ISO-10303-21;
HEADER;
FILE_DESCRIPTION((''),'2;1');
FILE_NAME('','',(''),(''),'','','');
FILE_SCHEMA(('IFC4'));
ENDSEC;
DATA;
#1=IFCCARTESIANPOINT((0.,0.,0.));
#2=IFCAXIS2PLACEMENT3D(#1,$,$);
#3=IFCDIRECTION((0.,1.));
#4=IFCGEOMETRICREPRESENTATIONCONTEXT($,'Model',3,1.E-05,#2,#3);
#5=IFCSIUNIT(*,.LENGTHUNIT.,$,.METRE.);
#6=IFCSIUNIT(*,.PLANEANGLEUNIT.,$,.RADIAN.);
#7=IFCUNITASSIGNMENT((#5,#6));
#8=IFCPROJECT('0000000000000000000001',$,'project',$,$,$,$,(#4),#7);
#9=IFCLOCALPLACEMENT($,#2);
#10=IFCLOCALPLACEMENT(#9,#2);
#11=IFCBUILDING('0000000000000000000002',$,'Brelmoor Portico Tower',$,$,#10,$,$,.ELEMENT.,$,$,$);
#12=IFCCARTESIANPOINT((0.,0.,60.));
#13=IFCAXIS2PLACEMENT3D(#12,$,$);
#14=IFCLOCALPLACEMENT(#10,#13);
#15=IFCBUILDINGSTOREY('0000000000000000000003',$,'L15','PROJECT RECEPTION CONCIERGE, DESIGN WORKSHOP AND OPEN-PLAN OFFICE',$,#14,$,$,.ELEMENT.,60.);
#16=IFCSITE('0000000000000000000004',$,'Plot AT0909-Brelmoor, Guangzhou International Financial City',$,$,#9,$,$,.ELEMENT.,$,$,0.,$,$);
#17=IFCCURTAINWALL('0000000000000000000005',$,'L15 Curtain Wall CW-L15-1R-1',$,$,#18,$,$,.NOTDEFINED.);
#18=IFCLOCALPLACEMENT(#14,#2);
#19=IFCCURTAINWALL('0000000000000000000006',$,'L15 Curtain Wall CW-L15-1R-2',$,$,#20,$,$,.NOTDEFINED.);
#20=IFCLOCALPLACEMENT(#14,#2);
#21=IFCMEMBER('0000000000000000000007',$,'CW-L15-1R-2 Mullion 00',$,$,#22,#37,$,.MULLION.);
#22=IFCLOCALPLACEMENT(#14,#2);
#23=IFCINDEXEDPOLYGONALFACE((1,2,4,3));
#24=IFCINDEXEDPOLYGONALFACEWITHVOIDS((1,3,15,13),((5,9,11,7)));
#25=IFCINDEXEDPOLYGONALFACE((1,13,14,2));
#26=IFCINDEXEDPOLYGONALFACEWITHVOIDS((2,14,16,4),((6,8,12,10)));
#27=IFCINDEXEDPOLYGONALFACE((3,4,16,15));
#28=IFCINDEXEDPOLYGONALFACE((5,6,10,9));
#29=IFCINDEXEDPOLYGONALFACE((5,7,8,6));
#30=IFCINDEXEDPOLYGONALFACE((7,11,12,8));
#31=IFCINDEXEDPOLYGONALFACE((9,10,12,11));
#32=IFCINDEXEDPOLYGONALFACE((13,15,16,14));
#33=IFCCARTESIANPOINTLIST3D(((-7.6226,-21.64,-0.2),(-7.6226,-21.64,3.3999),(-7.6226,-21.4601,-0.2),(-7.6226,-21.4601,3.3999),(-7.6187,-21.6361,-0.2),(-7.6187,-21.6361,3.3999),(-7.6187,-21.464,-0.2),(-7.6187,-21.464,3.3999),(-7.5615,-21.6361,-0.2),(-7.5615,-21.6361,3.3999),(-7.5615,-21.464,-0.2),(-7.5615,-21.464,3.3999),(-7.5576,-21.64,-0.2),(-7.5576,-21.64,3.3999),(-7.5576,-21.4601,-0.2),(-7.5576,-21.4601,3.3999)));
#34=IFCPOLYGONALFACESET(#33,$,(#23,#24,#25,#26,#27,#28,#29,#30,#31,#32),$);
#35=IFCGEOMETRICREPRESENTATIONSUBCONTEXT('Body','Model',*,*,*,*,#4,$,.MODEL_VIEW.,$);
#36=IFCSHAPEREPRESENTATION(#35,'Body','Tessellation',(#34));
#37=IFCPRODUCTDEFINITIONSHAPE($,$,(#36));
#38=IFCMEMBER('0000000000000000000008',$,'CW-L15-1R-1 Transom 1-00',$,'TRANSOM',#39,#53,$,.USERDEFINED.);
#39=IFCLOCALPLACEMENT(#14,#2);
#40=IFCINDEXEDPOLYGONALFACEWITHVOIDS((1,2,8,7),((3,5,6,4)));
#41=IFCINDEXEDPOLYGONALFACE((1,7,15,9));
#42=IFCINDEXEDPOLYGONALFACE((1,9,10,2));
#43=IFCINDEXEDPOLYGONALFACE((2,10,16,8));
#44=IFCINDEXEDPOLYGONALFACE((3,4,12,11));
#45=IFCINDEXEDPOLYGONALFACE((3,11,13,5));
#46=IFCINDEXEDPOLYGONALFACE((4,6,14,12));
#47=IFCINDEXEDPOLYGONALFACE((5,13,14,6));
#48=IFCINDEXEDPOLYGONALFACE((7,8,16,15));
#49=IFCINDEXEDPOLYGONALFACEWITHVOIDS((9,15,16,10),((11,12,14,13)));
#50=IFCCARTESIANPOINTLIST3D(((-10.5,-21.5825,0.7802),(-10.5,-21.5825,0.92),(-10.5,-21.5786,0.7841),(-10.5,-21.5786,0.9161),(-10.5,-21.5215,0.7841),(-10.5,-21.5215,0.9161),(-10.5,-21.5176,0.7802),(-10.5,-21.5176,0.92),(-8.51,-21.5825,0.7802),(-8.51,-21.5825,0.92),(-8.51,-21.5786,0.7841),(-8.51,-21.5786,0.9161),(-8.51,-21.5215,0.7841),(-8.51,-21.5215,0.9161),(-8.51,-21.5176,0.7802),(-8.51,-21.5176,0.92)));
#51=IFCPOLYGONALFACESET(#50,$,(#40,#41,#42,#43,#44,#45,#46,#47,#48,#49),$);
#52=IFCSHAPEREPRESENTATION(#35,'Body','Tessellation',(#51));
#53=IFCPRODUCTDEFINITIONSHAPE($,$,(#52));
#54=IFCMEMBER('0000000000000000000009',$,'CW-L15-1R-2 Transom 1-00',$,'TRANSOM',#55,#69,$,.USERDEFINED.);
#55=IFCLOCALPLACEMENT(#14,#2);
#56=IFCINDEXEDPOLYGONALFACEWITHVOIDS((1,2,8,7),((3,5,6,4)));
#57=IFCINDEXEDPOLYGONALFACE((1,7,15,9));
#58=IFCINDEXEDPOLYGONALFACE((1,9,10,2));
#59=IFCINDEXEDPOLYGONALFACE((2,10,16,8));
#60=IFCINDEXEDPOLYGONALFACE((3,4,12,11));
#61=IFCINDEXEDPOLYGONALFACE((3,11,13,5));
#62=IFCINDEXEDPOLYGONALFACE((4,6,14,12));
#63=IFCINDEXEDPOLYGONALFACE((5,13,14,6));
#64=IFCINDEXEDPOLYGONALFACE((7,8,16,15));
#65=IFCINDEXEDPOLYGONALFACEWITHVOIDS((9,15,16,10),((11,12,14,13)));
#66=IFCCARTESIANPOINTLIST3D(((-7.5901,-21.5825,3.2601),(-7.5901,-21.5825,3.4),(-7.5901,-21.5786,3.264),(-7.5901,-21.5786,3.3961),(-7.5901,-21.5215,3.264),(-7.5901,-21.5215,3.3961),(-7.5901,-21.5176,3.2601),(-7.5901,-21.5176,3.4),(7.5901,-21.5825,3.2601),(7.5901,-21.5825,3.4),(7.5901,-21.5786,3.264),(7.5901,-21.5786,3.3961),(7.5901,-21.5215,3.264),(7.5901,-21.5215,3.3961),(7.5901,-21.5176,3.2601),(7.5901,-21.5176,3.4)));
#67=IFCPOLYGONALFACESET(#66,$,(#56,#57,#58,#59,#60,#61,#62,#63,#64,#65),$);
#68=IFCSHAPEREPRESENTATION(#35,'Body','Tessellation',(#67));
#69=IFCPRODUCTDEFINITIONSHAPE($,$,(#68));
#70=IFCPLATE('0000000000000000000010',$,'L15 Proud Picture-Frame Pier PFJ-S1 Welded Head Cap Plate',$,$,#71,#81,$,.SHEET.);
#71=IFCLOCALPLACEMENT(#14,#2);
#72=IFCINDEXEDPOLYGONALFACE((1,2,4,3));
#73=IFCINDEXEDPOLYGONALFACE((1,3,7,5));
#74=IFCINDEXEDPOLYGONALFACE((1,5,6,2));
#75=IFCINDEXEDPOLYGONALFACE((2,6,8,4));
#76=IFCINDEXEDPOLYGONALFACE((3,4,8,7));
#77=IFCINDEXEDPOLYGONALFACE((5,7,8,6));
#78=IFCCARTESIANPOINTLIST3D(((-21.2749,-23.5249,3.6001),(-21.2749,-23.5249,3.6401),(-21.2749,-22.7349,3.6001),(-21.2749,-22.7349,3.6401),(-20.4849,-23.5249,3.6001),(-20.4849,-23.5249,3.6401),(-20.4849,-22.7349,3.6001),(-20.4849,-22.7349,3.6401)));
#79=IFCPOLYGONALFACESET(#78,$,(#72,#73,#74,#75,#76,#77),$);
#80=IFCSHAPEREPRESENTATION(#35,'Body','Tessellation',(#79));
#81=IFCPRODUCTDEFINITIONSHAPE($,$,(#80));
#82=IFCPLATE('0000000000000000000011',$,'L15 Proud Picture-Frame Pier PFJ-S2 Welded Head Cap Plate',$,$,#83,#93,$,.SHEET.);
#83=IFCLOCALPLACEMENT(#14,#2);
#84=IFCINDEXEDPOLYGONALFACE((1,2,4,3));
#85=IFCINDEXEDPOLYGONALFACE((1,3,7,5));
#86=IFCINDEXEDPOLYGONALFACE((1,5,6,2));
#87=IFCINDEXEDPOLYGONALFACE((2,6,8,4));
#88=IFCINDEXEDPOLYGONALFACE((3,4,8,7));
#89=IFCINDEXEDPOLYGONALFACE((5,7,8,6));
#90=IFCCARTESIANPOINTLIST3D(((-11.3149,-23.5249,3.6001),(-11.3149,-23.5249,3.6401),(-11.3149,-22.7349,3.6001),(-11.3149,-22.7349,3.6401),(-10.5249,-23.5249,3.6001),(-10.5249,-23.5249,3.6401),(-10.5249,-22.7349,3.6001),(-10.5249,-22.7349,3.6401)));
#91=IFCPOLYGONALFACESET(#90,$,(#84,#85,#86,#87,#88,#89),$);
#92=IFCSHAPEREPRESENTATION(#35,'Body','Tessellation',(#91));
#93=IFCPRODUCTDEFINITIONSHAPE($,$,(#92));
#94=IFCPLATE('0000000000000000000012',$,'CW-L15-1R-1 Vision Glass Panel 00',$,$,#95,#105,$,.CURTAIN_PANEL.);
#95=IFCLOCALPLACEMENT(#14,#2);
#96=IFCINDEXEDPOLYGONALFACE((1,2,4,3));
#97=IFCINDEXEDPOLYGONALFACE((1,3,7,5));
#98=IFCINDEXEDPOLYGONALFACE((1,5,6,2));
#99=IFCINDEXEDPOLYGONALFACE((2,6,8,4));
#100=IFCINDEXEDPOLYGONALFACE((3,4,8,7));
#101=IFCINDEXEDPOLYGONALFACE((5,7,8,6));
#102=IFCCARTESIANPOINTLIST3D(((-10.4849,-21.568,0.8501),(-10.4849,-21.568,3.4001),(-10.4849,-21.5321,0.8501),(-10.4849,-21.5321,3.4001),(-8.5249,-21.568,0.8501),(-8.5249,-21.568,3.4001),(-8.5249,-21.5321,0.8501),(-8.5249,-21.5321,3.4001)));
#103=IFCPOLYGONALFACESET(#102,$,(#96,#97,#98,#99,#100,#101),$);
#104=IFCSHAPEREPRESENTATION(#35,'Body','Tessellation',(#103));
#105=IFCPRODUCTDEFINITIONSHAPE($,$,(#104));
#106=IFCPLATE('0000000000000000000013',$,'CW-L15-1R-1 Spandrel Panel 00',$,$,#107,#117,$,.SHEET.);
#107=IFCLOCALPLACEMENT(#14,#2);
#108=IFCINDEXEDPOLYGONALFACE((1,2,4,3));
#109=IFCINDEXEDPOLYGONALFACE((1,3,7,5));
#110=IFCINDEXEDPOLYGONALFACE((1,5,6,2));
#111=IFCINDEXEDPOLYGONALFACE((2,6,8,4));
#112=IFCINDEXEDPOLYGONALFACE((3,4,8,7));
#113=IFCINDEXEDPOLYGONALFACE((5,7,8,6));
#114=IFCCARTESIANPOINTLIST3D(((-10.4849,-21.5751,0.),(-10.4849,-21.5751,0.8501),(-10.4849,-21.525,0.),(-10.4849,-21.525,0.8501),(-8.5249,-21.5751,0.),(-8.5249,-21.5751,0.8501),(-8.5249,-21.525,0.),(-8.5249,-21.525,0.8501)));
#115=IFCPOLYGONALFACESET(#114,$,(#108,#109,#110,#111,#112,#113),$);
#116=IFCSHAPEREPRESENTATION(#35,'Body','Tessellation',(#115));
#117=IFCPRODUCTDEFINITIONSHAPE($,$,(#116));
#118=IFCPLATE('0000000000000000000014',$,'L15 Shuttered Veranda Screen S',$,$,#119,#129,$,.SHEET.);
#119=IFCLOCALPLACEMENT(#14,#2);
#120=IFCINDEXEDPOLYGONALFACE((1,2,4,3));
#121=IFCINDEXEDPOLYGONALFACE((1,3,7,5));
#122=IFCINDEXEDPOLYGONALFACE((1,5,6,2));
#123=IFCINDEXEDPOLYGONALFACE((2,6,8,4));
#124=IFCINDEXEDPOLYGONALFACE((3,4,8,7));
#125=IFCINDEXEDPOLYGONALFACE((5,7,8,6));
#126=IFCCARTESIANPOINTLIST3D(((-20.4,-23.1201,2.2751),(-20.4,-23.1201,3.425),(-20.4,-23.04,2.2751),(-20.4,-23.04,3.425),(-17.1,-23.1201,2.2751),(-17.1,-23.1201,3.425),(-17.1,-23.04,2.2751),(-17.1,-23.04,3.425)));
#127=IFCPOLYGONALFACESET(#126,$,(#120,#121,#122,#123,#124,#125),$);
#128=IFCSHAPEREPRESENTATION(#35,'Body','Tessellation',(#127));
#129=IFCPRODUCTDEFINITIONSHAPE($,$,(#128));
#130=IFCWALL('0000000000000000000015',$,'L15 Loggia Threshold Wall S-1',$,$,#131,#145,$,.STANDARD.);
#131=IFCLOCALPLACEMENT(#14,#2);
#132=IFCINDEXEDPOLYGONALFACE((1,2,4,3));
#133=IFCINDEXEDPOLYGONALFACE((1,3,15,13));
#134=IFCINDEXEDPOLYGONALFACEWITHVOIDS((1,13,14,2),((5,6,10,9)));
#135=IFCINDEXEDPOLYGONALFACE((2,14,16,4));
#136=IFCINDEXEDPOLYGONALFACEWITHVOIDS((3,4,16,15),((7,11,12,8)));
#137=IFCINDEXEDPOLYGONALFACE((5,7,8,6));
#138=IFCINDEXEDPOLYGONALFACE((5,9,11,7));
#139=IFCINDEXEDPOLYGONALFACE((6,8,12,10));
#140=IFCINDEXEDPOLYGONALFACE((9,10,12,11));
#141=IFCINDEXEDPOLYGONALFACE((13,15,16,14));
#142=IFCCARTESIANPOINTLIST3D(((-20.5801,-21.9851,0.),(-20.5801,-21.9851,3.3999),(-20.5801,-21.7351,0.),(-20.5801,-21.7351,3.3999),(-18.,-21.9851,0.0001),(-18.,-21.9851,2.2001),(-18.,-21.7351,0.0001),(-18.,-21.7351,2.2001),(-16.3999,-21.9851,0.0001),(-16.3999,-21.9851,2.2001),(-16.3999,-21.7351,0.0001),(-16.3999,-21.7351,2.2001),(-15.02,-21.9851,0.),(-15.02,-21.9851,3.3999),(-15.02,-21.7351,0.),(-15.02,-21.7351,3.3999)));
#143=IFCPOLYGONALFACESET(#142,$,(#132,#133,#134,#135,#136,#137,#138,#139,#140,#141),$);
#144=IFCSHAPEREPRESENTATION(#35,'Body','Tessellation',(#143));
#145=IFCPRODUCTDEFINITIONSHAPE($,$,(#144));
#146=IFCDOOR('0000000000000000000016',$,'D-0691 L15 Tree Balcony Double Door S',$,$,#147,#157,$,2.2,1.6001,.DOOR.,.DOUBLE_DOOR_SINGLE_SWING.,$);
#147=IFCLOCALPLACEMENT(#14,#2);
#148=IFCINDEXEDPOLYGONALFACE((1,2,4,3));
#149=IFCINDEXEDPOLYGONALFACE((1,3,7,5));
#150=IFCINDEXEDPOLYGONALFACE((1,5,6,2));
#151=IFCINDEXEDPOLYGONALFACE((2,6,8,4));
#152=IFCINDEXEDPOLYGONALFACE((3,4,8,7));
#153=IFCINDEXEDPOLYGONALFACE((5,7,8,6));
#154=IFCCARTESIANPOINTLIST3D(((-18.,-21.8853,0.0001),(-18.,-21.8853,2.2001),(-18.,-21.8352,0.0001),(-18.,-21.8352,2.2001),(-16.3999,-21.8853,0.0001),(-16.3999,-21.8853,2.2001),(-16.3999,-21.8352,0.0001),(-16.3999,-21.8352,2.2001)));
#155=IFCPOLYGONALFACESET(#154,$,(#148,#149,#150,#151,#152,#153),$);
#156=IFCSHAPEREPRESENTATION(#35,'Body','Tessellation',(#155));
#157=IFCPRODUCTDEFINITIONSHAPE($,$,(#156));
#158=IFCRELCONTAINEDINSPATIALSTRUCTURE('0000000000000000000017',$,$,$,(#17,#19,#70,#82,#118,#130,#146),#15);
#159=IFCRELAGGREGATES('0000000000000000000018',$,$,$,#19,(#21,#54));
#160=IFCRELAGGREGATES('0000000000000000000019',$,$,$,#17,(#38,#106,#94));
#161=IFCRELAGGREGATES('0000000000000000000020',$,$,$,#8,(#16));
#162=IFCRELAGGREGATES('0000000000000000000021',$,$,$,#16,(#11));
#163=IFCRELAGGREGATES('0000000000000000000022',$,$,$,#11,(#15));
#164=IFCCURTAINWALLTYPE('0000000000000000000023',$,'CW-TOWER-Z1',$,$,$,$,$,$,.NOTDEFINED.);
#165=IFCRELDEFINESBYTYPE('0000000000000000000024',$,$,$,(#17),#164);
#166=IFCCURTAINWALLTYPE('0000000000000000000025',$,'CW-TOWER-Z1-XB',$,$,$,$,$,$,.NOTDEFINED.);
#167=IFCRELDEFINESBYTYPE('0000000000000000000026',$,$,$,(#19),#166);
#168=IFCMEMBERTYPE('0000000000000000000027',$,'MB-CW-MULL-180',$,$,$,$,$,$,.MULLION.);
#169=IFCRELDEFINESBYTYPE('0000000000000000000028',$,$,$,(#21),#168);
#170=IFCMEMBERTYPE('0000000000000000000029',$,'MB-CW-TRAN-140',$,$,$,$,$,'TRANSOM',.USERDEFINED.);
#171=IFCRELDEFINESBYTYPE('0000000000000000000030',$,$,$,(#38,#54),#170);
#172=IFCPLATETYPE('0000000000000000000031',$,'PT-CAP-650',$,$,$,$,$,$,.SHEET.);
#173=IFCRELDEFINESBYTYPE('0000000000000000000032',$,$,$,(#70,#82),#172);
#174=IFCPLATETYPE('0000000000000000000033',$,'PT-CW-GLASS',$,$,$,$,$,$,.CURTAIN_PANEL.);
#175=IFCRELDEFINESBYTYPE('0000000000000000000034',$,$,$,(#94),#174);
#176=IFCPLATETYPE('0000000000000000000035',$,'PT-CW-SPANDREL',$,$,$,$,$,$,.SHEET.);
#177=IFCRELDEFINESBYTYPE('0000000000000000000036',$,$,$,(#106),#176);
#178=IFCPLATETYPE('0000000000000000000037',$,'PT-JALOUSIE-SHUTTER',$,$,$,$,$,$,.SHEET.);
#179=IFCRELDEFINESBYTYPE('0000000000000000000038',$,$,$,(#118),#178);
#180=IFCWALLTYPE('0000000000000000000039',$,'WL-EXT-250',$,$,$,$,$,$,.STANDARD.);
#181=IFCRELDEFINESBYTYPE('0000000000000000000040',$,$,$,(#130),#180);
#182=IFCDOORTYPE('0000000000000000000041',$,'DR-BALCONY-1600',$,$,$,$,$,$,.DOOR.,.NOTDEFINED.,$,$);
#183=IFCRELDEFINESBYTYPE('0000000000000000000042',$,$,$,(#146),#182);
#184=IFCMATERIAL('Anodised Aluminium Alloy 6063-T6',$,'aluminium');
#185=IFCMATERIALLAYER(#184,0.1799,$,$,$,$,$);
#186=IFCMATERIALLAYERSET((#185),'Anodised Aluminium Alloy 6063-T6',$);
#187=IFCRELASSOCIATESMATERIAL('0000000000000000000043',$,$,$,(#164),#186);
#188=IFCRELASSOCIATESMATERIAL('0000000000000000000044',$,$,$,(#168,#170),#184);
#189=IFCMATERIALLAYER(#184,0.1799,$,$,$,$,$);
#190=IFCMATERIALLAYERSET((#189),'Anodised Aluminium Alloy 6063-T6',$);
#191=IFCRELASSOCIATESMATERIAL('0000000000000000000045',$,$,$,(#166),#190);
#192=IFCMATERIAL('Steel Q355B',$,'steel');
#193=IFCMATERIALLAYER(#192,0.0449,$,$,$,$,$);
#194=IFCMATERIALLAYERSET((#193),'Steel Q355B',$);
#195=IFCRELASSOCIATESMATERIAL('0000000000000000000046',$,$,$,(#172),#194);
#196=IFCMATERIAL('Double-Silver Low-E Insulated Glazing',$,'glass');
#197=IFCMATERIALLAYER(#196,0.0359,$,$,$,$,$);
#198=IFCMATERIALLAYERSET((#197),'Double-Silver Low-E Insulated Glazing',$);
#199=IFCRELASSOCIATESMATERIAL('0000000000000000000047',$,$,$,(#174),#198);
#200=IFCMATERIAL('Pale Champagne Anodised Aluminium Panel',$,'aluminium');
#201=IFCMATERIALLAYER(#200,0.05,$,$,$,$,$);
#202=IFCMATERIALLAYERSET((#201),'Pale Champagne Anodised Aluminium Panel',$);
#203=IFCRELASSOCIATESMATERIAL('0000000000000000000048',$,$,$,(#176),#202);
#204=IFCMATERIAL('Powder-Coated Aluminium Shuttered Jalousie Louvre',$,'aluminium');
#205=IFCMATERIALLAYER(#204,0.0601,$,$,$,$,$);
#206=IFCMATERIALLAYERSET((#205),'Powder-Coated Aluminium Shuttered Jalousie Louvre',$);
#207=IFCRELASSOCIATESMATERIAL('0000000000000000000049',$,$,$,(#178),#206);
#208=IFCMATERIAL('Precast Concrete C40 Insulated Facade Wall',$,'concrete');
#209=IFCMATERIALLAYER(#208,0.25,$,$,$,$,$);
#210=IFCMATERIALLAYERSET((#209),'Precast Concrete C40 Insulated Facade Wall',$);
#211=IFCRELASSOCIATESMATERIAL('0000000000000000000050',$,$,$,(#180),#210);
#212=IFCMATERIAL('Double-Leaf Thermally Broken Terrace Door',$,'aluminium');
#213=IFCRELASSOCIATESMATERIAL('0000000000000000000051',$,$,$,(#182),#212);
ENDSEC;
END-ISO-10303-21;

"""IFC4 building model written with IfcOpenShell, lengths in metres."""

from ifc_helpers import new_model, si_unit, direction, frame, frame_2d, origin, origin_2d, place, context, subcontext, project, spatial, rectangle, hollow_rectangle, extrude, material, layer, layer_set, material_profile, profile_set, type_object, element, fill, aggregate, save


model = new_model("IFC4")

# Units and contexts
model_context = context("Model", 3, precision=1e-05, world=origin(), true_north=direction((0.0, 1.0)))
body_context = subcontext(model_context, "Body", "Model", "MODEL_VIEW")
ifc_project = project(units=[si_unit("LENGTHUNIT", "METRE"), si_unit("PLANEANGLEUNIT", "RADIAN")], contexts=[model_context])

# Site, building, storey
site_placement = place(None, origin())
site = spatial("IfcSite", under=ifc_project, at=site_placement, Name="Plot AT0909-Brelmoor, Guangzhou International Financial City", CompositionType="ELEMENT", RefElevation=0.0)
building_placement = place(site_placement, origin())
building = spatial("IfcBuilding", under=site, at=building_placement, Name="Brelmoor Portico Tower", CompositionType="ELEMENT")
storey_placement = place(building_placement, frame((0.0, 0.0, 60.0)))
storey = spatial("IfcBuildingStorey", under=building, at=storey_placement, Name="L15", Description="PROJECT RECEPTION CONCIERGE, DESIGN WORKSHOP AND OPEN-PLAN OFFICE", CompositionType="ELEMENT", Elevation=60.0)

# Shared definitions
ifc_material_1 = material(Name="Steel Q355B", Category="steel")

# Curtain wall
ifc_material_2 = material(Name="Anodised Aluminium Alloy 6063-T6", Category="aluminium")
ifc_layer_1 = layer(ifc_material_2, 0.1799)
ifc_layer_set_1 = layer_set([ifc_layer_1], Name="Anodised Aluminium Alloy 6063-T6")
curtain_wall_type_1 = type_object("IfcCurtainWallType", Name="CW-TOWER-Z1", PredefinedType="NOTDEFINED", material=ifc_layer_set_1)
curtain_wall_1_placement = place(storey_placement, origin())
curtain_wall_1 = element("IfcCurtainWall", 1, at=curtain_wall_1_placement, inside=storey, type_object=curtain_wall_type_1, Name="L15 Curtain Wall CW-L15-1R-1", PredefinedType="NOTDEFINED")
ifc_material_profile_1 = material_profile(ifc_material_2, hollow_rectangle(XDim=0.0649, YDim=0.1799, WallThickness=0.0039, at=origin_2d()), Name="ALU MULLION 65x180")
ifc_profile_set_1 = profile_set([ifc_material_profile_1], Name="Anodised Aluminium Alloy 6063-T6")
member_type_1 = type_object("IfcMemberType", Name="MB-CW-MULL-180", PredefinedType="MULLION", material=ifc_profile_set_1)

# Curtain wall, member
ifc_layer_2 = layer(ifc_material_2, 0.1799)
ifc_layer_set_2 = layer_set([ifc_layer_2], Name="Anodised Aluminium Alloy 6063-T6")
curtain_wall_type_2 = type_object("IfcCurtainWallType", Name="CW-TOWER-Z1-XB", PredefinedType="NOTDEFINED", material=ifc_layer_set_2)
curtain_wall_2_placement = place(storey_placement, origin())
curtain_wall_2 = element("IfcCurtainWall", 2, at=curtain_wall_2_placement, inside=storey, type_object=curtain_wall_type_2, Name="L15 Curtain Wall CW-L15-1R-2", PredefinedType="NOTDEFINED")
member_1_placement = place(storey_placement, frame((-7.5901, -21.55, -0.2), z_axis=(0.0, 0.0, 1.0), x_axis=(1.0, 0.0, 0.0)))
member_1 = element("IfcMember", 3, at=member_1_placement, type_object=member_type_1, Name="CW-L15-1R-2 Mullion 00", PredefinedType="MULLION", context=body_context, shape_type="SweptSolid", body=[
    extrude(hollow_rectangle(XDim=0.0649, YDim=0.1799, WallThickness=0.0039, at=origin_2d()), origin(), (0.0, 0.0, 1.0), 3.5999),
])

# Members
ifc_material_profile_2 = material_profile(ifc_material_2, hollow_rectangle(XDim=0.0649, YDim=0.1399, WallThickness=0.0039, at=origin_2d()), Name="ALU TRANSOM 65x140")
ifc_profile_set_2 = profile_set([ifc_material_profile_2], Name="Anodised Aluminium Alloy 6063-T6")
member_type_2 = type_object("IfcMemberType", Name="MB-CW-TRAN-140", ElementType="TRANSOM", PredefinedType="USERDEFINED", material=ifc_profile_set_2)
member_2_placement = place(storey_placement, frame((-10.5, -21.55, 0.8501), z_axis=(1.0, 0.0, 0.0), x_axis=(0.0, 1.0, 0.0)))
member_2 = element("IfcMember", 4, at=member_2_placement, type_object=member_type_2, Name="CW-L15-1R-1 Transom 1-00", ObjectType="TRANSOM", PredefinedType="USERDEFINED", context=body_context, shape_type="SweptSolid", body=[
    extrude(hollow_rectangle(XDim=0.0649, YDim=0.1399, WallThickness=0.0039, at=origin_2d()), origin(), (0.0, 0.0, 1.0), 1.99),
])
member_3_placement = place(storey_placement, frame((-7.5901, -21.55, 3.3301), z_axis=(1.0, 0.0, 0.0), x_axis=(0.0, 1.0, 0.0)))
member_3 = element("IfcMember", 5, at=member_3_placement, type_object=member_type_2, Name="CW-L15-1R-2 Transom 1-00", ObjectType="TRANSOM", PredefinedType="USERDEFINED", context=body_context, shape_type="SweptSolid", body=[
    extrude(hollow_rectangle(XDim=0.0649, YDim=0.1399, WallThickness=0.0039, at=origin_2d()), origin(), (0.0, 0.0, 1.0), 15.1802),
])
aggregate(curtain_wall_2, [member_1, member_3])

# Plates
ifc_layer_3 = layer(ifc_material_1, 0.0449)
ifc_layer_set_3 = layer_set([ifc_layer_3], Name="Steel Q355B")
plate_type_1 = type_object("IfcPlateType", Name="PT-CAP-650", PredefinedType="SHEET", material=ifc_layer_set_3)
for number, where, z_axis, x_axis, name in (
    (6, (-20.8799, -23.1299, 3.6001), (0.0, 0.0, 1.0), (1.0, 0.0, 0.0), "L15 Proud Picture-Frame Pier PFJ-S1 Welded Head Cap Plate"),
    (7, (-10.9199, -23.1299, 3.6001), (0.0, 0.0, 1.0), (1.0, 0.0, 0.0), "L15 Proud Picture-Frame Pier PFJ-S2 Welded Head Cap Plate"),
):
    element("IfcPlate", number, at=place(storey_placement, frame(where, z_axis=z_axis, x_axis=x_axis)), inside=storey, type_object=plate_type_1, Name=name, PredefinedType="SHEET", context=body_context, shape_type="SweptSolid", body=[
        extrude(rectangle(XDim=0.79, YDim=0.79, at=origin_2d()), origin(), (0.0, 0.0, 1.0), 0.04),
    ])

# Plates
ifc_material_3 = material(Name="Double-Silver Low-E Insulated Glazing", Category="glass")
ifc_layer_4 = layer(ifc_material_3, 0.0359)
ifc_layer_set_4 = layer_set([ifc_layer_4], Name="Double-Silver Low-E Insulated Glazing")
plate_type_2 = type_object("IfcPlateType", Name="PT-CW-GLASS", PredefinedType="CURTAIN_PANEL", material=ifc_layer_set_4)
plate_1_placement = place(storey_placement, frame((-9.5049, -21.55, 0.8501), z_axis=(0.0, 0.0, 1.0), x_axis=(1.0, 0.0, 0.0)))
plate_1 = element("IfcPlate", 8, at=plate_1_placement, type_object=plate_type_2, Name="CW-L15-1R-1 Vision Glass Panel 00", PredefinedType="CURTAIN_PANEL", context=body_context, shape_type="SweptSolid", body=[
    extrude(rectangle(XDim=1.96, YDim=0.0359, at=origin_2d()), origin(), (0.0, 0.0, 1.0), 2.55),
])
ifc_material_4 = material(Name="Pale Champagne Anodised Aluminium Panel", Category="aluminium")
ifc_layer_5 = layer(ifc_material_4, 0.05)
ifc_layer_set_5 = layer_set([ifc_layer_5], Name="Pale Champagne Anodised Aluminium Panel")
plate_type_3 = type_object("IfcPlateType", Name="PT-CW-SPANDREL", PredefinedType="SHEET", material=ifc_layer_set_5)
plate_2_placement = place(storey_placement, frame((-9.5049, -21.55, 0.0), z_axis=(0.0, 0.0, 1.0), x_axis=(1.0, 0.0, 0.0)))
plate_2 = element("IfcPlate", 9, at=plate_2_placement, type_object=plate_type_3, Name="CW-L15-1R-1 Spandrel Panel 00", PredefinedType="SHEET", context=body_context, shape_type="SweptSolid", body=[
    extrude(rectangle(XDim=1.96, YDim=0.05, at=origin_2d()), origin(), (0.0, 0.0, 1.0), 0.8501),
])
aggregate(curtain_wall_1, [member_2, plate_2, plate_1])
ifc_material_5 = material(Name="Powder-Coated Aluminium Shuttered Jalousie Louvre", Category="aluminium")
ifc_layer_6 = layer(ifc_material_5, 0.0601)
ifc_layer_set_6 = layer_set([ifc_layer_6], Name="Powder-Coated Aluminium Shuttered Jalousie Louvre")
plate_type_4 = type_object("IfcPlateType", Name="PT-JALOUSIE-SHUTTER", PredefinedType="SHEET", material=ifc_layer_set_6)
plate_3_placement = place(storey_placement, frame((-18.75, -23.0801, 2.2751), z_axis=(0.0, 0.0, 1.0), x_axis=(1.0, 0.0, 0.0)))
element("IfcPlate", 10, at=plate_3_placement, inside=storey, type_object=plate_type_4, Name="L15 Shuttered Veranda Screen S", PredefinedType="SHEET", context=body_context, shape_type="SweptSolid", body=[
    extrude(rectangle(XDim=3.3, YDim=0.0801, at=origin_2d()), origin(), (0.0, 0.0, 1.0), 1.1499),
])

# Wall, opening, door
ifc_material_6 = material(Name="Precast Concrete C40 Insulated Facade Wall", Category="concrete")
ifc_layer_7 = layer(ifc_material_6, 0.25)
ifc_layer_set_7 = layer_set([ifc_layer_7], Name="Precast Concrete C40 Insulated Facade Wall")
wall_type = type_object("IfcWallType", Name="WL-EXT-250", PredefinedType="STANDARD", material=ifc_layer_set_7)
wall_1_placement = place(storey_placement, frame((-20.5801, -21.8601, 0.0), z_axis=(0.0, 0.0, 1.0), x_axis=(1.0, 0.0, 0.0)))
wall_1 = element("IfcWall", 11, at=wall_1_placement, inside=storey, type_object=wall_type, Name="L15 Loggia Threshold Wall S-1", PredefinedType="STANDARD", context=body_context, shape_type="SweptSolid", body=[
    extrude(rectangle(XDim=5.5601, YDim=0.25, at=frame_2d((2.78, 0.0))), origin(), (0.0, 0.0, 1.0), 3.3999),
])
opening_1_placement = place(wall_1_placement, frame((2.5801, 0.0, 0.0)))
opening_1 = element("IfcOpeningElement", 12, at=opening_1_placement, cuts=wall_1, PredefinedType="OPENING", context=body_context, shape_type="SweptSolid", body=[
    extrude(rectangle(XDim=1.6001, YDim=2.2, at=frame_2d((0.8, 1.1001))), frame((0.0, 0.135, 0.0), z_axis=(0.0, -1.0, 0.0), x_axis=(1.0, 0.0, 0.0)), (0.0, 0.0, 1.0), 0.27),
])
ifc_material_7 = material(Name="Double-Leaf Thermally Broken Terrace Door", Category="aluminium")
door_type = type_object("IfcDoorType", Name="DR-BALCONY-1600", OperationType="NOTDEFINED", PredefinedType="DOOR", material=ifc_material_7)
door_placement = place(opening_1_placement, origin())
door = element("IfcDoor", 13, at=door_placement, inside=storey, type_object=door_type, Name="D-0691 L15 Tree Balcony Double Door S", OperationType="DOUBLE_DOOR_SINGLE_SWING", OverallHeight=2.2, OverallWidth=1.6001, PredefinedType="DOOR", context=body_context, shape_type="SweptSolid", body=[
    extrude(rectangle(XDim=1.6001, YDim=2.2, at=frame_2d((0.8, 1.1001))), frame((0.0, 0.0249, 0.0), z_axis=(0.0, -1.0, 0.0), x_axis=(1.0, 0.0, 0.0)), (0.0, 0.0, 1.0), 0.05),
])
fill(opening_1, door)

save(model, "model.ifc")
